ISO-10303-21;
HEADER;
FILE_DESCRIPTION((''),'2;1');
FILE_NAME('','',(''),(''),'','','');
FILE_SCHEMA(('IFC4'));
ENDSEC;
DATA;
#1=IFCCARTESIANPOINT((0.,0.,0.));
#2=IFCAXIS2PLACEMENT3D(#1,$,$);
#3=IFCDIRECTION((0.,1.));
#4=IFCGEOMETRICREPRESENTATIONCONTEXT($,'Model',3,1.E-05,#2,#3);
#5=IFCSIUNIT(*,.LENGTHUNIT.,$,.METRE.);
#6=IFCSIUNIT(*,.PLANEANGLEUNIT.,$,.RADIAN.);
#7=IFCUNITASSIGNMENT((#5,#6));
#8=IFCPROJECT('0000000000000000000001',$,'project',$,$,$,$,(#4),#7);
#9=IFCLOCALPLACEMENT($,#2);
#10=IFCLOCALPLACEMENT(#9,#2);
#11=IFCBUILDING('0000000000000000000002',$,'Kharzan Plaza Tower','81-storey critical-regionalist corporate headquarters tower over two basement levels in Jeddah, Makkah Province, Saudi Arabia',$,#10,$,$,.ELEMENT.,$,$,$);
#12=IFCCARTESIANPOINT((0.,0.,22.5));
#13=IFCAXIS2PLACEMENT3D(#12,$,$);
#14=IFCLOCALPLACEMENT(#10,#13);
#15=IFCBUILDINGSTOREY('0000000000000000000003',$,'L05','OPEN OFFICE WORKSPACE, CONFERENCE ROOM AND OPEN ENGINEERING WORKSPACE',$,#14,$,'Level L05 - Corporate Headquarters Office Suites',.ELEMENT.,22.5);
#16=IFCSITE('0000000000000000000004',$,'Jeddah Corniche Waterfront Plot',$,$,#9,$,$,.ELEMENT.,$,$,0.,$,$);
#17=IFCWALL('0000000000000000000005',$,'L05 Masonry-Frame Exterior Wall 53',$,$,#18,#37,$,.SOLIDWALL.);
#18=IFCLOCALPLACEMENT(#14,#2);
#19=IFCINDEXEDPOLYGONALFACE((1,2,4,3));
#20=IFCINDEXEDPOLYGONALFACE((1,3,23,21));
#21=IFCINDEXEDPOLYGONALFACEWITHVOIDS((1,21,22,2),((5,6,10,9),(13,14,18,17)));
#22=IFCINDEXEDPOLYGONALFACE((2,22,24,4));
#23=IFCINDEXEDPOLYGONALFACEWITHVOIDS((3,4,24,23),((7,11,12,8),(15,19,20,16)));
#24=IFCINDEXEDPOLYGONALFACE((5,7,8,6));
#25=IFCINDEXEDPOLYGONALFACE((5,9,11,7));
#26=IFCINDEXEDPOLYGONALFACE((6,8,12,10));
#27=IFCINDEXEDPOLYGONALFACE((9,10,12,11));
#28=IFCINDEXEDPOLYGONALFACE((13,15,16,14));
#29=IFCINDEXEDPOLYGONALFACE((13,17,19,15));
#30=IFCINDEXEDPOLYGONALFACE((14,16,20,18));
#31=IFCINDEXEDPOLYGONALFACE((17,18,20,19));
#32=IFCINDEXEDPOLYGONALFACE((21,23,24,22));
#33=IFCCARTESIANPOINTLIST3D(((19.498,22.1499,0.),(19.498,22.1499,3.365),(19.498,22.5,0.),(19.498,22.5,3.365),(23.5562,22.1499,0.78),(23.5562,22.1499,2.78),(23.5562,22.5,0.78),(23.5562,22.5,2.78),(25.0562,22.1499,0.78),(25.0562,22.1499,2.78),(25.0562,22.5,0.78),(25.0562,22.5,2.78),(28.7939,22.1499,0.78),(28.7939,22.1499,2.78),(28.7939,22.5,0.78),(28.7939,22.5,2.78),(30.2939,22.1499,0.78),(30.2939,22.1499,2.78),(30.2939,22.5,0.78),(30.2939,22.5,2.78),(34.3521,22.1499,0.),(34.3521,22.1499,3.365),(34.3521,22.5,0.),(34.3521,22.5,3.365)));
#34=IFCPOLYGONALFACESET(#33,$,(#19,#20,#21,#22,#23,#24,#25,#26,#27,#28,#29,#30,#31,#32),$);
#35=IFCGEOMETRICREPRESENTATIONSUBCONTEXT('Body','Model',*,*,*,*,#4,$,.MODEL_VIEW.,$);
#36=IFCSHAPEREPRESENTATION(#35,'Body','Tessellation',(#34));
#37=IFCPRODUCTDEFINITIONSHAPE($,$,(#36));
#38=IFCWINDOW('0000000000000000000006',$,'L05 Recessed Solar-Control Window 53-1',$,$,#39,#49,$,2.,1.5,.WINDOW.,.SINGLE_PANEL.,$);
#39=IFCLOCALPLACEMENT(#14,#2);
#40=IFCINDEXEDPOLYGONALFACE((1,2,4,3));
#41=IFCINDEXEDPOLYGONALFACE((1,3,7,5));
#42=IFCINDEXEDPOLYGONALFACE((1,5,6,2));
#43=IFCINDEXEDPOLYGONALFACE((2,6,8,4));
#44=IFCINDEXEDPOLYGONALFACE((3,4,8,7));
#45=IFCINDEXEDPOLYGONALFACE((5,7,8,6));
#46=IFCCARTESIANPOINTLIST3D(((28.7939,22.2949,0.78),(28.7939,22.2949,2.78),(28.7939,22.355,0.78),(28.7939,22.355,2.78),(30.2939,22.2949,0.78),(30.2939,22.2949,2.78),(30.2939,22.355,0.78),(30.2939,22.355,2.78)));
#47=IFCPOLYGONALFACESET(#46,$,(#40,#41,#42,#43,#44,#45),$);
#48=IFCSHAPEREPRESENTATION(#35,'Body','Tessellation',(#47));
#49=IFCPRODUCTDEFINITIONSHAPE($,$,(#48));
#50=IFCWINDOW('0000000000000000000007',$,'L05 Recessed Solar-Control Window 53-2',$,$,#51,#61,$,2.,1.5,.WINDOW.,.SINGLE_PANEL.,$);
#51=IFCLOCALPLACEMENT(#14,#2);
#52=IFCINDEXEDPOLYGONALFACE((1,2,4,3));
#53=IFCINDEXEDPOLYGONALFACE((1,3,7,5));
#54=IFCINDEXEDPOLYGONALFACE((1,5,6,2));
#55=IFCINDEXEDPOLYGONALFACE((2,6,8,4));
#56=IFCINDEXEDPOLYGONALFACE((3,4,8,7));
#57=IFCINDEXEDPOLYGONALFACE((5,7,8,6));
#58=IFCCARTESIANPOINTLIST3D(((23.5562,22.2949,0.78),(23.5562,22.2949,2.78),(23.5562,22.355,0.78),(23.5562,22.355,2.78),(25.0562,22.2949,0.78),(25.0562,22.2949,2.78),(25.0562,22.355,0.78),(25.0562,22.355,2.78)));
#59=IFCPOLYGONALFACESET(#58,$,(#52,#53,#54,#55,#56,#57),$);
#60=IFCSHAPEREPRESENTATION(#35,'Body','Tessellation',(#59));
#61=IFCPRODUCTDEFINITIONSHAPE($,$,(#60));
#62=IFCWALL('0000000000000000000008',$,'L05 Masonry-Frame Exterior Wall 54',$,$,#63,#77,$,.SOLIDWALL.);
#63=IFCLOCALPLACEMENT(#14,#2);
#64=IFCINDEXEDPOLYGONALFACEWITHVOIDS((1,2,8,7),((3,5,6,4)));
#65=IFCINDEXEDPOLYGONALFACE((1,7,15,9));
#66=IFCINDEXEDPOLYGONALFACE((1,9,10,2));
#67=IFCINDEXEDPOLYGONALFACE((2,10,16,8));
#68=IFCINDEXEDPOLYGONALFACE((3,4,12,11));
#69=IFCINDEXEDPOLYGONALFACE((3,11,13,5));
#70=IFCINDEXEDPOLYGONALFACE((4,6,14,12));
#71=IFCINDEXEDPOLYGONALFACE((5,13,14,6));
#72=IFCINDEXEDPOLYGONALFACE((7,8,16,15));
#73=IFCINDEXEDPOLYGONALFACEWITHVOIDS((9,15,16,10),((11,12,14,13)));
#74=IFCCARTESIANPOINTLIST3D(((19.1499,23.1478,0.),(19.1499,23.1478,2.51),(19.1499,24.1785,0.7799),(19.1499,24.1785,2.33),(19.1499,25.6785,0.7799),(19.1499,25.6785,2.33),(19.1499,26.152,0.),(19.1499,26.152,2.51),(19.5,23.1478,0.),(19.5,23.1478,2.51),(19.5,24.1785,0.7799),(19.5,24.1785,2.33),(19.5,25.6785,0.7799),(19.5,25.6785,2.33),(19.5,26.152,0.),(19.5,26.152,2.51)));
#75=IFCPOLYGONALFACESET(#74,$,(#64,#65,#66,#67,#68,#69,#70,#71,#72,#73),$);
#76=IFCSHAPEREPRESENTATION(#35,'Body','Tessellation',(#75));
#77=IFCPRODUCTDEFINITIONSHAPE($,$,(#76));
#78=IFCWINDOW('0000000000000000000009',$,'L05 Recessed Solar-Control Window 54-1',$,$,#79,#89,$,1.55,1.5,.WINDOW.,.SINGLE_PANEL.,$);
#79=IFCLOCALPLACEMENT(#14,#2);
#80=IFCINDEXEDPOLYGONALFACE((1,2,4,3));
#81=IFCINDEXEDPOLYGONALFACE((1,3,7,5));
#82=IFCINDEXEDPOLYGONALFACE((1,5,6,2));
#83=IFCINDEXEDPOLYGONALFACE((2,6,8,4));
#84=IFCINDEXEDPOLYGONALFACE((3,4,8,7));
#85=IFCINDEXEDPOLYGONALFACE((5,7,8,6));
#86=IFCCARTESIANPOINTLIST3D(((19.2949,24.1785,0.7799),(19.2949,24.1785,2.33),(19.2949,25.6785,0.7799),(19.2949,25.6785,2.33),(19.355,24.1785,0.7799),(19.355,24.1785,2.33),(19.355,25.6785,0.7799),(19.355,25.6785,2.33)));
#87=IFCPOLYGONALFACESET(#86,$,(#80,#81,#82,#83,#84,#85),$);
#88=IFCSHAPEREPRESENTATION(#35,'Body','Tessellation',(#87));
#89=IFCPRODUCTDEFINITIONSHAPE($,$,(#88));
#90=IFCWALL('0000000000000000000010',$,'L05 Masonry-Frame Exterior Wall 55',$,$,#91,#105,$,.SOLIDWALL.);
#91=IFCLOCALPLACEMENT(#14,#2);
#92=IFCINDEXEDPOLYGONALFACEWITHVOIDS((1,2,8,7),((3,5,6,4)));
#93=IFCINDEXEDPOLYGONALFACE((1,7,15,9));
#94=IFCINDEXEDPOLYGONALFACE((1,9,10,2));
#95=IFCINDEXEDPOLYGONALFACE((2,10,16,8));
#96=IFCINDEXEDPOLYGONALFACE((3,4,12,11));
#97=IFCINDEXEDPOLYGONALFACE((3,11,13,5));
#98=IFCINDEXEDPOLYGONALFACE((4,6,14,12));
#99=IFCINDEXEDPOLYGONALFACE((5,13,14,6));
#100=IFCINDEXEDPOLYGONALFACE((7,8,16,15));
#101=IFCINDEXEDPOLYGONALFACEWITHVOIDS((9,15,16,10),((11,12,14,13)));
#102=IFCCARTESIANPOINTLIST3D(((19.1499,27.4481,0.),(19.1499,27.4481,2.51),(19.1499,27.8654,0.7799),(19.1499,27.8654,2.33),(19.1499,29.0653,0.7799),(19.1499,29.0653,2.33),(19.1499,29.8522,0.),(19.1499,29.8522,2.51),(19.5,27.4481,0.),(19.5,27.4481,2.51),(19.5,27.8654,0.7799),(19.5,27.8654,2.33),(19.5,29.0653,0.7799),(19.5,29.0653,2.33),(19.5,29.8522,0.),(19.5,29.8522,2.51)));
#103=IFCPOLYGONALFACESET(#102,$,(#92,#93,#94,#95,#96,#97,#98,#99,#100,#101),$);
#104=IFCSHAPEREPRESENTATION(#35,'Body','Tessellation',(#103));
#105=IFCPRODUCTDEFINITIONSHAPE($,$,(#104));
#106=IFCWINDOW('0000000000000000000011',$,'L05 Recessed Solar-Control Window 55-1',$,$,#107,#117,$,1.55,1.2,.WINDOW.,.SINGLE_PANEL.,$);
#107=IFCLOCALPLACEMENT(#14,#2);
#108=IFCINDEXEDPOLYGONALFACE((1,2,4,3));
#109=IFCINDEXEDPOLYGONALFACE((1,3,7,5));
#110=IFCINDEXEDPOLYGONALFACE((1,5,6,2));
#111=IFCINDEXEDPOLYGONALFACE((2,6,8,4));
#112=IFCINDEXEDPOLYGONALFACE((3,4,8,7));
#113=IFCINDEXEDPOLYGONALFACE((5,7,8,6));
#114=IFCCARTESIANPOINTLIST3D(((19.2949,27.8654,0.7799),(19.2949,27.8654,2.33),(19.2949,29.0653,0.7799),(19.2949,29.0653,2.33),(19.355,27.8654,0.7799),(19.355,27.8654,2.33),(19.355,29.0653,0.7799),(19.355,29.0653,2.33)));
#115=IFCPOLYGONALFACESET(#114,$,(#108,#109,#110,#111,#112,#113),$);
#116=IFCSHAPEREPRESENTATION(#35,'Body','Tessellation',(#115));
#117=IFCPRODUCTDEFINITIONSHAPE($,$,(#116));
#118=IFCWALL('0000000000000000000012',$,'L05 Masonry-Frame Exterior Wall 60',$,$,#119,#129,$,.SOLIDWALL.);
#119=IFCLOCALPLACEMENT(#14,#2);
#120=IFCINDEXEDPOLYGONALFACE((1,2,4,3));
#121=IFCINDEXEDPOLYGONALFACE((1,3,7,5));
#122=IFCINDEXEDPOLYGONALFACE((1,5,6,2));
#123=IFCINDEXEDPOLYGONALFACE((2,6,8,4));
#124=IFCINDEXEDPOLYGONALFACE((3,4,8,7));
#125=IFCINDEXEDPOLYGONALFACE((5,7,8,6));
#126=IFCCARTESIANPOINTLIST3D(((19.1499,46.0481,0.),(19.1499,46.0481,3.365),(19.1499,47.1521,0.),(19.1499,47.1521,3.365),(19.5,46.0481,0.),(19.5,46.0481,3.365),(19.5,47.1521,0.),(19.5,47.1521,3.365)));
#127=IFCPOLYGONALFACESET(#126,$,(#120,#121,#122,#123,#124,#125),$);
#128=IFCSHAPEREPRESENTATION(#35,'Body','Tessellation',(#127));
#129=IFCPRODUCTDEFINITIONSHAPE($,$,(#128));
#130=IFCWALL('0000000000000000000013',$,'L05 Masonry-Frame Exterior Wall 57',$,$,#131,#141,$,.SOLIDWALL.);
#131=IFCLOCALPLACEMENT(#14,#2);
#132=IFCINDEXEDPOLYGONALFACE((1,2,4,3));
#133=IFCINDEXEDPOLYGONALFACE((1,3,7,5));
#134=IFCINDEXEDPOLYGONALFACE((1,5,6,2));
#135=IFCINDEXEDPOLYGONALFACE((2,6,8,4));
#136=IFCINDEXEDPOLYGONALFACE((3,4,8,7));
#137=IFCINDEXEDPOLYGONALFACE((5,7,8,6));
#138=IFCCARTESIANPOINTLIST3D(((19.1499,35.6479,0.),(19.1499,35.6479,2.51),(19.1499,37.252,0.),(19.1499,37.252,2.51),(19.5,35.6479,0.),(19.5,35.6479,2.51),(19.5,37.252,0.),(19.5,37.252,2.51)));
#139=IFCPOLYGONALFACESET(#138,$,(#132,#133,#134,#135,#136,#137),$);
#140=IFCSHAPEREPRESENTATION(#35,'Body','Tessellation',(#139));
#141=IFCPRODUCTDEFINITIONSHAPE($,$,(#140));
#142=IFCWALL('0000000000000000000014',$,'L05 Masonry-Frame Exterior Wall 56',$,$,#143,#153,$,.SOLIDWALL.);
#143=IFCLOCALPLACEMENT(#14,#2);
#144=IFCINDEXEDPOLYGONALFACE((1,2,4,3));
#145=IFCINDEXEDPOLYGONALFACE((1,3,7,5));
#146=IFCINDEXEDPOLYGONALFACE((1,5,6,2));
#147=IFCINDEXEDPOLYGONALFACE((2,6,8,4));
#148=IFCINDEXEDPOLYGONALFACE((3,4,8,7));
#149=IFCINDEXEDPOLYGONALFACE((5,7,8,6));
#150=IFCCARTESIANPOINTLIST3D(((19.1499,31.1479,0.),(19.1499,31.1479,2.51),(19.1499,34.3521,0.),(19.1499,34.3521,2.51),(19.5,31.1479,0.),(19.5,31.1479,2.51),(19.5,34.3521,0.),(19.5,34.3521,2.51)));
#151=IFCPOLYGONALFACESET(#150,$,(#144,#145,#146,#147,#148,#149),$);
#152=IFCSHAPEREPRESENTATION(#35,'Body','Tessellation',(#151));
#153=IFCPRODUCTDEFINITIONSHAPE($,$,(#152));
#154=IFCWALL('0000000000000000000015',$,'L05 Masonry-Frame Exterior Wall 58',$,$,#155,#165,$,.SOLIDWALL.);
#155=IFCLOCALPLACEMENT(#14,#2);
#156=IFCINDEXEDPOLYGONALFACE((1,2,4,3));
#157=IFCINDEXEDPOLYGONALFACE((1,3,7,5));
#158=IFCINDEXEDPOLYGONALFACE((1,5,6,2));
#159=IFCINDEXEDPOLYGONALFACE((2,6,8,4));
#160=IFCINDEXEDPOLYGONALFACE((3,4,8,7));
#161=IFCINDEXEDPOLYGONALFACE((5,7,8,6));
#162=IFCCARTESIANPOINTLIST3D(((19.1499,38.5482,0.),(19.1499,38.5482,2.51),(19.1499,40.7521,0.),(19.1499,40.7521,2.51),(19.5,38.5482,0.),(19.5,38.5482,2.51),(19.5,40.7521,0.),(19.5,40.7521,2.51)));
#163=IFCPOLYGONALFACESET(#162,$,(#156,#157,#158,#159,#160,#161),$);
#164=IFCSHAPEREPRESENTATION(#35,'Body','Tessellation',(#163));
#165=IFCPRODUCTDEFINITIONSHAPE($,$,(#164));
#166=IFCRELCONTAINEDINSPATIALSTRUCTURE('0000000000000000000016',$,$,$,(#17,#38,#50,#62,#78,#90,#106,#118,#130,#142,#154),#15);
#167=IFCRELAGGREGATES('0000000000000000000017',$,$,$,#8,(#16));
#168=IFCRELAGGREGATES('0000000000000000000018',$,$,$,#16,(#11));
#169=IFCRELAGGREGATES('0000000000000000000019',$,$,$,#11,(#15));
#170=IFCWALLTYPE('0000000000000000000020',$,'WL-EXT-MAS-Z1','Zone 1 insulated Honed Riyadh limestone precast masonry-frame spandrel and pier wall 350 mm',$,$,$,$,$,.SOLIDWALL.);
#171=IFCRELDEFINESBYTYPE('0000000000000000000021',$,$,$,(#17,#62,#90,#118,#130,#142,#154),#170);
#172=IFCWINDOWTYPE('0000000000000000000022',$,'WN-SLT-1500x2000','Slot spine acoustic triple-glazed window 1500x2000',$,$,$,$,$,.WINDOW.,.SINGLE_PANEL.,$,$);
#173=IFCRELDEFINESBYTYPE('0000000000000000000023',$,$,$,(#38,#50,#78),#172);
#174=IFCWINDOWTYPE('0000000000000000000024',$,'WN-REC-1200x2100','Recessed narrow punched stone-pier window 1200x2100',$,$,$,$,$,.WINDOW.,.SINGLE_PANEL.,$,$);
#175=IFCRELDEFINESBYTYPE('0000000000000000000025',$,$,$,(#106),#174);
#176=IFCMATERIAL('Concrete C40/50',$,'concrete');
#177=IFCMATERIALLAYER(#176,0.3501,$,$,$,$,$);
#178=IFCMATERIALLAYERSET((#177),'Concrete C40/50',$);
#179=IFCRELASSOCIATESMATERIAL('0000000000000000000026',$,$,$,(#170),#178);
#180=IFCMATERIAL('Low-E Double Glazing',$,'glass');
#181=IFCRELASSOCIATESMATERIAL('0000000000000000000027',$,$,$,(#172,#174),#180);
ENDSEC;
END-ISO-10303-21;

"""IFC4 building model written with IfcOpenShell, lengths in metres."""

from ifc_helpers import new_model, si_unit, direction, frame, frame_2d, origin, place, context, subcontext, project, spatial, rectangle, extrude, source, transform, mapped, material, layer, layer_set, type_object, element, fill, save


model = new_model("IFC4")

# Units and contexts
model_context = context("Model", 3, precision=1e-05, world=origin(), true_north=direction((0.0, 1.0)))
body_context = subcontext(model_context, "Body", "Model", "MODEL_VIEW")
ifc_project = project(units=[si_unit("LENGTHUNIT", "METRE"), si_unit("PLANEANGLEUNIT", "RADIAN")], contexts=[model_context])

# Site, building, storey
site_placement = place(None, origin())
site = spatial("IfcSite", under=ifc_project, at=site_placement, Name="Jeddah Corniche Waterfront Plot", CompositionType="ELEMENT", RefElevation=0.0)
building_placement = place(site_placement, origin())
building = spatial("IfcBuilding", under=site, at=building_placement, Name="Kharzan Plaza Tower", Description="81-storey critical-regionalist corporate headquarters tower over two basement levels in Jeddah, Makkah Province, Saudi Arabia", CompositionType="ELEMENT")
storey_placement = place(building_placement, frame((0.0, 0.0, 22.5)))
storey = spatial("IfcBuildingStorey", under=building, at=storey_placement, Name="L05", Description="OPEN OFFICE WORKSPACE, CONFERENCE ROOM AND OPEN ENGINEERING WORKSPACE", LongName="Level L05 - Corporate Headquarters Office Suites", CompositionType="ELEMENT", Elevation=22.5)

# Shared definitions
ifc_material_1 = material(Name="Concrete C40/50", Category="concrete")
ifc_layer_1 = layer(ifc_material_1, 0.3501)
ifc_layer_set_1 = layer_set([ifc_layer_1], Name="Concrete C40/50")
wall_type = type_object("IfcWallType", Name="WL-EXT-MAS-Z1", Description="Zone 1 insulated Honed Riyadh limestone precast masonry-frame spandrel and pier wall 350 mm", PredefinedType="SOLIDWALL", material=ifc_layer_set_1)
ifc_material_2 = material(Name="Low-E Double Glazing", Category="glass")

# Wall, openings, windows
wall_1_placement = place(storey_placement, frame((34.3521, 22.325, 0.0), z_axis=(0.0, 0.0, 1.0), x_axis=(-1.0, 0.0, 0.0)))
wall_1 = element("IfcWall", 1, at=wall_1_placement, inside=storey, type_object=wall_type, Name="L05 Masonry-Frame Exterior Wall 53", PredefinedType="SOLIDWALL", context=body_context, shape_type="SweptSolid", body=[
    extrude(rectangle(XDim=14.854, YDim=0.3501, at=frame_2d((7.427, 0.0))), origin(), (0.0, 0.0, 1.0), 3.365),
])
opening_1_placement = place(wall_1_placement, frame((4.0581, 0.0, 0.78)))
opening_1 = element("IfcOpeningElement", 2, at=opening_1_placement, cuts=wall_1, PredefinedType="OPENING", context=body_context, shape_type="SweptSolid", body=[
    extrude(rectangle(XDim=1.5, YDim=2.0, at=frame_2d((0.75, 1.0))), frame((0.0, 0.1851, 0.0), z_axis=(0.0, -1.0, 0.0), x_axis=(1.0, 0.0, 0.0)), (0.0, 0.0, 1.0), 0.3701),
])
opening_2_placement = place(wall_1_placement, frame((9.2959, 0.0, 0.78)))
opening_2 = element("IfcOpeningElement", 3, at=opening_2_placement, cuts=wall_1, PredefinedType="OPENING", context=body_context, shape_type="SweptSolid", body=[
    extrude(rectangle(XDim=1.5, YDim=2.0, at=frame_2d((0.75, 1.0))), frame((0.0, 0.1851, 0.0), z_axis=(0.0, -1.0, 0.0), x_axis=(1.0, 0.0, 0.0)), (0.0, 0.0, 1.0), 0.3701),
])
window_type_1 = type_object("IfcWindowType", Name="WN-SLT-1500x2000", Description="Slot spine acoustic triple-glazed window 1500x2000", PartitioningType="SINGLE_PANEL", PredefinedType="WINDOW", material=ifc_material_2)
shared_shape_1 = source(origin(), body_context, "Body", "SweptSolid", [
    extrude(rectangle(XDim=1.5, YDim=2.0, at=frame_2d((0.75, 1.0))), frame((0.0, 0.03, 0.0), z_axis=(0.0, -1.0, 0.0), x_axis=(1.0, 0.0, 0.0)), (0.0, 0.0, 1.0), 0.0601),
])
window_1_placement = place(opening_1_placement, origin())
window_1 = element("IfcWindow", 4, at=window_1_placement, inside=storey, type_object=window_type_1, Name="L05 Recessed Solar-Control Window 53-1", OverallHeight=2.0, OverallWidth=1.5, PartitioningType="SINGLE_PANEL", PredefinedType="WINDOW", context=body_context, shape_type="MappedRepresentation", body=[
    mapped(shared_shape_1, transform((0.0, 0.0, 0.0), x_axis=(1.0, 0.0, 0.0), y_axis=(0.0, 1.0, 0.0), z_axis=(0.0, 0.0, 1.0))),
])
fill(opening_1, window_1)
window_2_placement = place(opening_2_placement, origin())
window_2 = element("IfcWindow", 5, at=window_2_placement, inside=storey, type_object=window_type_1, Name="L05 Recessed Solar-Control Window 53-2", OverallHeight=2.0, OverallWidth=1.5, PartitioningType="SINGLE_PANEL", PredefinedType="WINDOW", context=body_context, shape_type="MappedRepresentation", body=[
    mapped(shared_shape_1, transform((0.0, 0.0, 0.0), x_axis=(1.0, 0.0, 0.0), y_axis=(0.0, 1.0, 0.0), z_axis=(0.0, 0.0, 1.0))),
])
fill(opening_2, window_2)

# Walls, openings, windows
wall_2_placement = place(storey_placement, frame((19.325, 23.1479, 0.0), z_axis=(0.0, 0.0, 1.0), x_axis=(0.0, 1.0, 0.0)))
wall_2 = element("IfcWall", 6, at=wall_2_placement, inside=storey, type_object=wall_type, Name="L05 Masonry-Frame Exterior Wall 54", PredefinedType="SOLIDWALL", context=body_context, shape_type="SweptSolid", body=[
    extrude(rectangle(XDim=3.0042, YDim=0.3501, at=frame_2d((1.502, 0.0))), origin(), (0.0, 0.0, 1.0), 2.51),
])
opening_3_placement = place(wall_2_placement, frame((1.0305, 0.0, 0.78)))
opening_3 = element("IfcOpeningElement", 7, at=opening_3_placement, cuts=wall_2, PredefinedType="OPENING", context=body_context, shape_type="SweptSolid", body=[
    extrude(rectangle(XDim=1.5, YDim=1.55, at=frame_2d((0.75, 0.7749))), frame((0.0, 0.1851, 0.0), z_axis=(0.0, -1.0, 0.0), x_axis=(1.0, 0.0, 0.0)), (0.0, 0.0, 1.0), 0.3701),
])
shared_shape_2 = source(origin(), body_context, "Body", "SweptSolid", [
    extrude(rectangle(XDim=1.5, YDim=1.55, at=frame_2d((0.75, 0.7749))), frame((0.0, 0.03, 0.0), z_axis=(0.0, -1.0, 0.0), x_axis=(1.0, 0.0, 0.0)), (0.0, 0.0, 1.0), 0.0601),
])
window_3_placement = place(opening_3_placement, origin())
window_3 = element("IfcWindow", 8, at=window_3_placement, inside=storey, type_object=window_type_1, Name="L05 Recessed Solar-Control Window 54-1", OverallHeight=1.55, OverallWidth=1.5, PartitioningType="SINGLE_PANEL", PredefinedType="WINDOW", context=body_context, shape_type="MappedRepresentation", body=[
    mapped(shared_shape_2, transform((0.0, 0.0, 0.0), x_axis=(1.0, 0.0, 0.0), y_axis=(0.0, 1.0, 0.0), z_axis=(0.0, 0.0, 1.0))),
])
fill(opening_3, window_3)
wall_3_placement = place(storey_placement, frame((19.325, 27.448, 0.0), z_axis=(0.0, 0.0, 1.0), x_axis=(0.0, 1.0, 0.0)))
wall_3 = element("IfcWall", 9, at=wall_3_placement, inside=storey, type_object=wall_type, Name="L05 Masonry-Frame Exterior Wall 55", PredefinedType="SOLIDWALL", context=body_context, shape_type="SweptSolid", body=[
    extrude(rectangle(XDim=2.4041, YDim=0.3501, at=frame_2d((1.2021, 0.0))), origin(), (0.0, 0.0, 1.0), 2.51),
])
opening_4_placement = place(wall_3_placement, frame((0.4172, 0.0, 0.78)))
opening_4 = element("IfcOpeningElement", 10, at=opening_4_placement, cuts=wall_3, PredefinedType="OPENING", context=body_context, shape_type="SweptSolid", body=[
    extrude(rectangle(XDim=1.2, YDim=1.55, at=frame_2d((0.6001, 0.7749))), frame((0.0, 0.1851, 0.0), z_axis=(0.0, -1.0, 0.0), x_axis=(1.0, 0.0, 0.0)), (0.0, 0.0, 1.0), 0.3701),
])
window_type_2 = type_object("IfcWindowType", Name="WN-REC-1200x2100", Description="Recessed narrow punched stone-pier window 1200x2100", PartitioningType="SINGLE_PANEL", PredefinedType="WINDOW", material=ifc_material_2)
shared_shape_3 = source(origin(), body_context, "Body", "SweptSolid", [
    extrude(rectangle(XDim=1.2, YDim=1.55, at=frame_2d((0.6001, 0.7749))), frame((0.0, 0.03, 0.0), z_axis=(0.0, -1.0, 0.0), x_axis=(1.0, 0.0, 0.0)), (0.0, 0.0, 1.0), 0.0601),
])
window_4_placement = place(opening_4_placement, origin())
window_4 = element("IfcWindow", 11, at=window_4_placement, inside=storey, type_object=window_type_2, Name="L05 Recessed Solar-Control Window 55-1", OverallHeight=1.55, OverallWidth=1.2, PartitioningType="SINGLE_PANEL", PredefinedType="WINDOW", context=body_context, shape_type="MappedRepresentation", body=[
    mapped(shared_shape_3, transform((0.0, 0.0, 0.0), x_axis=(1.0, 0.0, 0.0), y_axis=(0.0, 1.0, 0.0), z_axis=(0.0, 0.0, 1.0))),
])
fill(opening_4, window_4)

# Walls
shared_shape_4 = source(origin(), body_context, "Body", "SweptSolid", [
    extrude(rectangle(XDim=1.104, YDim=0.3501, at=frame_2d((0.552, 0.0))), origin(), (0.0, 0.0, 1.0), 3.365),
])
wall_4_placement = place(storey_placement, frame((19.325, 46.0481, 0.0), z_axis=(0.0, 0.0, 1.0), x_axis=(0.0, 1.0, 0.0)))
element("IfcWall", 12, at=wall_4_placement, inside=storey, type_object=wall_type, Name="L05 Masonry-Frame Exterior Wall 60", PredefinedType="SOLIDWALL", context=body_context, shape_type="MappedRepresentation", body=[
    mapped(shared_shape_4, transform((0.0, 0.0, 0.0), x_axis=(1.0, 0.0, 0.0), y_axis=(0.0, 1.0, 0.0), z_axis=(0.0, 0.0, 1.0))),
])
shared_shape_5 = source(origin(), body_context, "Body", "SweptSolid", [
    extrude(rectangle(XDim=1.604, YDim=0.3501, at=frame_2d((0.802, 0.0))), origin(), (0.0, 0.0, 1.0), 2.51),
])
wall_5_placement = place(storey_placement, frame((19.325, 35.6479, 0.0), z_axis=(0.0, 0.0, 1.0), x_axis=(0.0, 1.0, 0.0)))
element("IfcWall", 13, at=wall_5_placement, inside=storey, type_object=wall_type, Name="L05 Masonry-Frame Exterior Wall 57", PredefinedType="SOLIDWALL", context=body_context, shape_type="MappedRepresentation", body=[
    mapped(shared_shape_5, transform((0.0, 0.0, 0.0), x_axis=(1.0, 0.0, 0.0), y_axis=(0.0, 1.0, 0.0), z_axis=(0.0, 0.0, 1.0))),
])
shared_shape_6 = source(origin(), body_context, "Body", "SweptSolid", [
    extrude(rectangle(XDim=3.2041, YDim=0.3501, at=frame_2d((1.6021, 0.0))), origin(), (0.0, 0.0, 1.0), 2.51),
])
wall_6_placement = place(storey_placement, frame((19.325, 31.1479, 0.0), z_axis=(0.0, 0.0, 1.0), x_axis=(0.0, 1.0, 0.0)))
element("IfcWall", 14, at=wall_6_placement, inside=storey, type_object=wall_type, Name="L05 Masonry-Frame Exterior Wall 56", PredefinedType="SOLIDWALL", context=body_context, shape_type="MappedRepresentation", body=[
    mapped(shared_shape_6, transform((0.0, 0.0, 0.0), x_axis=(1.0, 0.0, 0.0), y_axis=(0.0, 1.0, 0.0), z_axis=(0.0, 0.0, 1.0))),
])
shared_shape_7 = source(origin(), body_context, "Body", "SweptSolid", [
    extrude(rectangle(XDim=2.2039, YDim=0.3501, at=frame_2d((1.1021, 0.0))), origin(), (0.0, 0.0, 1.0), 2.51),
])
wall_7_placement = place(storey_placement, frame((19.325, 38.5481, 0.0), z_axis=(0.0, 0.0, 1.0), x_axis=(0.0, 1.0, 0.0)))
element("IfcWall", 15, at=wall_7_placement, inside=storey, type_object=wall_type, Name="L05 Masonry-Frame Exterior Wall 58", PredefinedType="SOLIDWALL", context=body_context, shape_type="MappedRepresentation", body=[
    mapped(shared_shape_7, transform((0.0, 0.0, 0.0), x_axis=(1.0, 0.0, 0.0), y_axis=(0.0, 1.0, 0.0), z_axis=(0.0, 0.0, 1.0))),
])

save(model, "model.ifc")
